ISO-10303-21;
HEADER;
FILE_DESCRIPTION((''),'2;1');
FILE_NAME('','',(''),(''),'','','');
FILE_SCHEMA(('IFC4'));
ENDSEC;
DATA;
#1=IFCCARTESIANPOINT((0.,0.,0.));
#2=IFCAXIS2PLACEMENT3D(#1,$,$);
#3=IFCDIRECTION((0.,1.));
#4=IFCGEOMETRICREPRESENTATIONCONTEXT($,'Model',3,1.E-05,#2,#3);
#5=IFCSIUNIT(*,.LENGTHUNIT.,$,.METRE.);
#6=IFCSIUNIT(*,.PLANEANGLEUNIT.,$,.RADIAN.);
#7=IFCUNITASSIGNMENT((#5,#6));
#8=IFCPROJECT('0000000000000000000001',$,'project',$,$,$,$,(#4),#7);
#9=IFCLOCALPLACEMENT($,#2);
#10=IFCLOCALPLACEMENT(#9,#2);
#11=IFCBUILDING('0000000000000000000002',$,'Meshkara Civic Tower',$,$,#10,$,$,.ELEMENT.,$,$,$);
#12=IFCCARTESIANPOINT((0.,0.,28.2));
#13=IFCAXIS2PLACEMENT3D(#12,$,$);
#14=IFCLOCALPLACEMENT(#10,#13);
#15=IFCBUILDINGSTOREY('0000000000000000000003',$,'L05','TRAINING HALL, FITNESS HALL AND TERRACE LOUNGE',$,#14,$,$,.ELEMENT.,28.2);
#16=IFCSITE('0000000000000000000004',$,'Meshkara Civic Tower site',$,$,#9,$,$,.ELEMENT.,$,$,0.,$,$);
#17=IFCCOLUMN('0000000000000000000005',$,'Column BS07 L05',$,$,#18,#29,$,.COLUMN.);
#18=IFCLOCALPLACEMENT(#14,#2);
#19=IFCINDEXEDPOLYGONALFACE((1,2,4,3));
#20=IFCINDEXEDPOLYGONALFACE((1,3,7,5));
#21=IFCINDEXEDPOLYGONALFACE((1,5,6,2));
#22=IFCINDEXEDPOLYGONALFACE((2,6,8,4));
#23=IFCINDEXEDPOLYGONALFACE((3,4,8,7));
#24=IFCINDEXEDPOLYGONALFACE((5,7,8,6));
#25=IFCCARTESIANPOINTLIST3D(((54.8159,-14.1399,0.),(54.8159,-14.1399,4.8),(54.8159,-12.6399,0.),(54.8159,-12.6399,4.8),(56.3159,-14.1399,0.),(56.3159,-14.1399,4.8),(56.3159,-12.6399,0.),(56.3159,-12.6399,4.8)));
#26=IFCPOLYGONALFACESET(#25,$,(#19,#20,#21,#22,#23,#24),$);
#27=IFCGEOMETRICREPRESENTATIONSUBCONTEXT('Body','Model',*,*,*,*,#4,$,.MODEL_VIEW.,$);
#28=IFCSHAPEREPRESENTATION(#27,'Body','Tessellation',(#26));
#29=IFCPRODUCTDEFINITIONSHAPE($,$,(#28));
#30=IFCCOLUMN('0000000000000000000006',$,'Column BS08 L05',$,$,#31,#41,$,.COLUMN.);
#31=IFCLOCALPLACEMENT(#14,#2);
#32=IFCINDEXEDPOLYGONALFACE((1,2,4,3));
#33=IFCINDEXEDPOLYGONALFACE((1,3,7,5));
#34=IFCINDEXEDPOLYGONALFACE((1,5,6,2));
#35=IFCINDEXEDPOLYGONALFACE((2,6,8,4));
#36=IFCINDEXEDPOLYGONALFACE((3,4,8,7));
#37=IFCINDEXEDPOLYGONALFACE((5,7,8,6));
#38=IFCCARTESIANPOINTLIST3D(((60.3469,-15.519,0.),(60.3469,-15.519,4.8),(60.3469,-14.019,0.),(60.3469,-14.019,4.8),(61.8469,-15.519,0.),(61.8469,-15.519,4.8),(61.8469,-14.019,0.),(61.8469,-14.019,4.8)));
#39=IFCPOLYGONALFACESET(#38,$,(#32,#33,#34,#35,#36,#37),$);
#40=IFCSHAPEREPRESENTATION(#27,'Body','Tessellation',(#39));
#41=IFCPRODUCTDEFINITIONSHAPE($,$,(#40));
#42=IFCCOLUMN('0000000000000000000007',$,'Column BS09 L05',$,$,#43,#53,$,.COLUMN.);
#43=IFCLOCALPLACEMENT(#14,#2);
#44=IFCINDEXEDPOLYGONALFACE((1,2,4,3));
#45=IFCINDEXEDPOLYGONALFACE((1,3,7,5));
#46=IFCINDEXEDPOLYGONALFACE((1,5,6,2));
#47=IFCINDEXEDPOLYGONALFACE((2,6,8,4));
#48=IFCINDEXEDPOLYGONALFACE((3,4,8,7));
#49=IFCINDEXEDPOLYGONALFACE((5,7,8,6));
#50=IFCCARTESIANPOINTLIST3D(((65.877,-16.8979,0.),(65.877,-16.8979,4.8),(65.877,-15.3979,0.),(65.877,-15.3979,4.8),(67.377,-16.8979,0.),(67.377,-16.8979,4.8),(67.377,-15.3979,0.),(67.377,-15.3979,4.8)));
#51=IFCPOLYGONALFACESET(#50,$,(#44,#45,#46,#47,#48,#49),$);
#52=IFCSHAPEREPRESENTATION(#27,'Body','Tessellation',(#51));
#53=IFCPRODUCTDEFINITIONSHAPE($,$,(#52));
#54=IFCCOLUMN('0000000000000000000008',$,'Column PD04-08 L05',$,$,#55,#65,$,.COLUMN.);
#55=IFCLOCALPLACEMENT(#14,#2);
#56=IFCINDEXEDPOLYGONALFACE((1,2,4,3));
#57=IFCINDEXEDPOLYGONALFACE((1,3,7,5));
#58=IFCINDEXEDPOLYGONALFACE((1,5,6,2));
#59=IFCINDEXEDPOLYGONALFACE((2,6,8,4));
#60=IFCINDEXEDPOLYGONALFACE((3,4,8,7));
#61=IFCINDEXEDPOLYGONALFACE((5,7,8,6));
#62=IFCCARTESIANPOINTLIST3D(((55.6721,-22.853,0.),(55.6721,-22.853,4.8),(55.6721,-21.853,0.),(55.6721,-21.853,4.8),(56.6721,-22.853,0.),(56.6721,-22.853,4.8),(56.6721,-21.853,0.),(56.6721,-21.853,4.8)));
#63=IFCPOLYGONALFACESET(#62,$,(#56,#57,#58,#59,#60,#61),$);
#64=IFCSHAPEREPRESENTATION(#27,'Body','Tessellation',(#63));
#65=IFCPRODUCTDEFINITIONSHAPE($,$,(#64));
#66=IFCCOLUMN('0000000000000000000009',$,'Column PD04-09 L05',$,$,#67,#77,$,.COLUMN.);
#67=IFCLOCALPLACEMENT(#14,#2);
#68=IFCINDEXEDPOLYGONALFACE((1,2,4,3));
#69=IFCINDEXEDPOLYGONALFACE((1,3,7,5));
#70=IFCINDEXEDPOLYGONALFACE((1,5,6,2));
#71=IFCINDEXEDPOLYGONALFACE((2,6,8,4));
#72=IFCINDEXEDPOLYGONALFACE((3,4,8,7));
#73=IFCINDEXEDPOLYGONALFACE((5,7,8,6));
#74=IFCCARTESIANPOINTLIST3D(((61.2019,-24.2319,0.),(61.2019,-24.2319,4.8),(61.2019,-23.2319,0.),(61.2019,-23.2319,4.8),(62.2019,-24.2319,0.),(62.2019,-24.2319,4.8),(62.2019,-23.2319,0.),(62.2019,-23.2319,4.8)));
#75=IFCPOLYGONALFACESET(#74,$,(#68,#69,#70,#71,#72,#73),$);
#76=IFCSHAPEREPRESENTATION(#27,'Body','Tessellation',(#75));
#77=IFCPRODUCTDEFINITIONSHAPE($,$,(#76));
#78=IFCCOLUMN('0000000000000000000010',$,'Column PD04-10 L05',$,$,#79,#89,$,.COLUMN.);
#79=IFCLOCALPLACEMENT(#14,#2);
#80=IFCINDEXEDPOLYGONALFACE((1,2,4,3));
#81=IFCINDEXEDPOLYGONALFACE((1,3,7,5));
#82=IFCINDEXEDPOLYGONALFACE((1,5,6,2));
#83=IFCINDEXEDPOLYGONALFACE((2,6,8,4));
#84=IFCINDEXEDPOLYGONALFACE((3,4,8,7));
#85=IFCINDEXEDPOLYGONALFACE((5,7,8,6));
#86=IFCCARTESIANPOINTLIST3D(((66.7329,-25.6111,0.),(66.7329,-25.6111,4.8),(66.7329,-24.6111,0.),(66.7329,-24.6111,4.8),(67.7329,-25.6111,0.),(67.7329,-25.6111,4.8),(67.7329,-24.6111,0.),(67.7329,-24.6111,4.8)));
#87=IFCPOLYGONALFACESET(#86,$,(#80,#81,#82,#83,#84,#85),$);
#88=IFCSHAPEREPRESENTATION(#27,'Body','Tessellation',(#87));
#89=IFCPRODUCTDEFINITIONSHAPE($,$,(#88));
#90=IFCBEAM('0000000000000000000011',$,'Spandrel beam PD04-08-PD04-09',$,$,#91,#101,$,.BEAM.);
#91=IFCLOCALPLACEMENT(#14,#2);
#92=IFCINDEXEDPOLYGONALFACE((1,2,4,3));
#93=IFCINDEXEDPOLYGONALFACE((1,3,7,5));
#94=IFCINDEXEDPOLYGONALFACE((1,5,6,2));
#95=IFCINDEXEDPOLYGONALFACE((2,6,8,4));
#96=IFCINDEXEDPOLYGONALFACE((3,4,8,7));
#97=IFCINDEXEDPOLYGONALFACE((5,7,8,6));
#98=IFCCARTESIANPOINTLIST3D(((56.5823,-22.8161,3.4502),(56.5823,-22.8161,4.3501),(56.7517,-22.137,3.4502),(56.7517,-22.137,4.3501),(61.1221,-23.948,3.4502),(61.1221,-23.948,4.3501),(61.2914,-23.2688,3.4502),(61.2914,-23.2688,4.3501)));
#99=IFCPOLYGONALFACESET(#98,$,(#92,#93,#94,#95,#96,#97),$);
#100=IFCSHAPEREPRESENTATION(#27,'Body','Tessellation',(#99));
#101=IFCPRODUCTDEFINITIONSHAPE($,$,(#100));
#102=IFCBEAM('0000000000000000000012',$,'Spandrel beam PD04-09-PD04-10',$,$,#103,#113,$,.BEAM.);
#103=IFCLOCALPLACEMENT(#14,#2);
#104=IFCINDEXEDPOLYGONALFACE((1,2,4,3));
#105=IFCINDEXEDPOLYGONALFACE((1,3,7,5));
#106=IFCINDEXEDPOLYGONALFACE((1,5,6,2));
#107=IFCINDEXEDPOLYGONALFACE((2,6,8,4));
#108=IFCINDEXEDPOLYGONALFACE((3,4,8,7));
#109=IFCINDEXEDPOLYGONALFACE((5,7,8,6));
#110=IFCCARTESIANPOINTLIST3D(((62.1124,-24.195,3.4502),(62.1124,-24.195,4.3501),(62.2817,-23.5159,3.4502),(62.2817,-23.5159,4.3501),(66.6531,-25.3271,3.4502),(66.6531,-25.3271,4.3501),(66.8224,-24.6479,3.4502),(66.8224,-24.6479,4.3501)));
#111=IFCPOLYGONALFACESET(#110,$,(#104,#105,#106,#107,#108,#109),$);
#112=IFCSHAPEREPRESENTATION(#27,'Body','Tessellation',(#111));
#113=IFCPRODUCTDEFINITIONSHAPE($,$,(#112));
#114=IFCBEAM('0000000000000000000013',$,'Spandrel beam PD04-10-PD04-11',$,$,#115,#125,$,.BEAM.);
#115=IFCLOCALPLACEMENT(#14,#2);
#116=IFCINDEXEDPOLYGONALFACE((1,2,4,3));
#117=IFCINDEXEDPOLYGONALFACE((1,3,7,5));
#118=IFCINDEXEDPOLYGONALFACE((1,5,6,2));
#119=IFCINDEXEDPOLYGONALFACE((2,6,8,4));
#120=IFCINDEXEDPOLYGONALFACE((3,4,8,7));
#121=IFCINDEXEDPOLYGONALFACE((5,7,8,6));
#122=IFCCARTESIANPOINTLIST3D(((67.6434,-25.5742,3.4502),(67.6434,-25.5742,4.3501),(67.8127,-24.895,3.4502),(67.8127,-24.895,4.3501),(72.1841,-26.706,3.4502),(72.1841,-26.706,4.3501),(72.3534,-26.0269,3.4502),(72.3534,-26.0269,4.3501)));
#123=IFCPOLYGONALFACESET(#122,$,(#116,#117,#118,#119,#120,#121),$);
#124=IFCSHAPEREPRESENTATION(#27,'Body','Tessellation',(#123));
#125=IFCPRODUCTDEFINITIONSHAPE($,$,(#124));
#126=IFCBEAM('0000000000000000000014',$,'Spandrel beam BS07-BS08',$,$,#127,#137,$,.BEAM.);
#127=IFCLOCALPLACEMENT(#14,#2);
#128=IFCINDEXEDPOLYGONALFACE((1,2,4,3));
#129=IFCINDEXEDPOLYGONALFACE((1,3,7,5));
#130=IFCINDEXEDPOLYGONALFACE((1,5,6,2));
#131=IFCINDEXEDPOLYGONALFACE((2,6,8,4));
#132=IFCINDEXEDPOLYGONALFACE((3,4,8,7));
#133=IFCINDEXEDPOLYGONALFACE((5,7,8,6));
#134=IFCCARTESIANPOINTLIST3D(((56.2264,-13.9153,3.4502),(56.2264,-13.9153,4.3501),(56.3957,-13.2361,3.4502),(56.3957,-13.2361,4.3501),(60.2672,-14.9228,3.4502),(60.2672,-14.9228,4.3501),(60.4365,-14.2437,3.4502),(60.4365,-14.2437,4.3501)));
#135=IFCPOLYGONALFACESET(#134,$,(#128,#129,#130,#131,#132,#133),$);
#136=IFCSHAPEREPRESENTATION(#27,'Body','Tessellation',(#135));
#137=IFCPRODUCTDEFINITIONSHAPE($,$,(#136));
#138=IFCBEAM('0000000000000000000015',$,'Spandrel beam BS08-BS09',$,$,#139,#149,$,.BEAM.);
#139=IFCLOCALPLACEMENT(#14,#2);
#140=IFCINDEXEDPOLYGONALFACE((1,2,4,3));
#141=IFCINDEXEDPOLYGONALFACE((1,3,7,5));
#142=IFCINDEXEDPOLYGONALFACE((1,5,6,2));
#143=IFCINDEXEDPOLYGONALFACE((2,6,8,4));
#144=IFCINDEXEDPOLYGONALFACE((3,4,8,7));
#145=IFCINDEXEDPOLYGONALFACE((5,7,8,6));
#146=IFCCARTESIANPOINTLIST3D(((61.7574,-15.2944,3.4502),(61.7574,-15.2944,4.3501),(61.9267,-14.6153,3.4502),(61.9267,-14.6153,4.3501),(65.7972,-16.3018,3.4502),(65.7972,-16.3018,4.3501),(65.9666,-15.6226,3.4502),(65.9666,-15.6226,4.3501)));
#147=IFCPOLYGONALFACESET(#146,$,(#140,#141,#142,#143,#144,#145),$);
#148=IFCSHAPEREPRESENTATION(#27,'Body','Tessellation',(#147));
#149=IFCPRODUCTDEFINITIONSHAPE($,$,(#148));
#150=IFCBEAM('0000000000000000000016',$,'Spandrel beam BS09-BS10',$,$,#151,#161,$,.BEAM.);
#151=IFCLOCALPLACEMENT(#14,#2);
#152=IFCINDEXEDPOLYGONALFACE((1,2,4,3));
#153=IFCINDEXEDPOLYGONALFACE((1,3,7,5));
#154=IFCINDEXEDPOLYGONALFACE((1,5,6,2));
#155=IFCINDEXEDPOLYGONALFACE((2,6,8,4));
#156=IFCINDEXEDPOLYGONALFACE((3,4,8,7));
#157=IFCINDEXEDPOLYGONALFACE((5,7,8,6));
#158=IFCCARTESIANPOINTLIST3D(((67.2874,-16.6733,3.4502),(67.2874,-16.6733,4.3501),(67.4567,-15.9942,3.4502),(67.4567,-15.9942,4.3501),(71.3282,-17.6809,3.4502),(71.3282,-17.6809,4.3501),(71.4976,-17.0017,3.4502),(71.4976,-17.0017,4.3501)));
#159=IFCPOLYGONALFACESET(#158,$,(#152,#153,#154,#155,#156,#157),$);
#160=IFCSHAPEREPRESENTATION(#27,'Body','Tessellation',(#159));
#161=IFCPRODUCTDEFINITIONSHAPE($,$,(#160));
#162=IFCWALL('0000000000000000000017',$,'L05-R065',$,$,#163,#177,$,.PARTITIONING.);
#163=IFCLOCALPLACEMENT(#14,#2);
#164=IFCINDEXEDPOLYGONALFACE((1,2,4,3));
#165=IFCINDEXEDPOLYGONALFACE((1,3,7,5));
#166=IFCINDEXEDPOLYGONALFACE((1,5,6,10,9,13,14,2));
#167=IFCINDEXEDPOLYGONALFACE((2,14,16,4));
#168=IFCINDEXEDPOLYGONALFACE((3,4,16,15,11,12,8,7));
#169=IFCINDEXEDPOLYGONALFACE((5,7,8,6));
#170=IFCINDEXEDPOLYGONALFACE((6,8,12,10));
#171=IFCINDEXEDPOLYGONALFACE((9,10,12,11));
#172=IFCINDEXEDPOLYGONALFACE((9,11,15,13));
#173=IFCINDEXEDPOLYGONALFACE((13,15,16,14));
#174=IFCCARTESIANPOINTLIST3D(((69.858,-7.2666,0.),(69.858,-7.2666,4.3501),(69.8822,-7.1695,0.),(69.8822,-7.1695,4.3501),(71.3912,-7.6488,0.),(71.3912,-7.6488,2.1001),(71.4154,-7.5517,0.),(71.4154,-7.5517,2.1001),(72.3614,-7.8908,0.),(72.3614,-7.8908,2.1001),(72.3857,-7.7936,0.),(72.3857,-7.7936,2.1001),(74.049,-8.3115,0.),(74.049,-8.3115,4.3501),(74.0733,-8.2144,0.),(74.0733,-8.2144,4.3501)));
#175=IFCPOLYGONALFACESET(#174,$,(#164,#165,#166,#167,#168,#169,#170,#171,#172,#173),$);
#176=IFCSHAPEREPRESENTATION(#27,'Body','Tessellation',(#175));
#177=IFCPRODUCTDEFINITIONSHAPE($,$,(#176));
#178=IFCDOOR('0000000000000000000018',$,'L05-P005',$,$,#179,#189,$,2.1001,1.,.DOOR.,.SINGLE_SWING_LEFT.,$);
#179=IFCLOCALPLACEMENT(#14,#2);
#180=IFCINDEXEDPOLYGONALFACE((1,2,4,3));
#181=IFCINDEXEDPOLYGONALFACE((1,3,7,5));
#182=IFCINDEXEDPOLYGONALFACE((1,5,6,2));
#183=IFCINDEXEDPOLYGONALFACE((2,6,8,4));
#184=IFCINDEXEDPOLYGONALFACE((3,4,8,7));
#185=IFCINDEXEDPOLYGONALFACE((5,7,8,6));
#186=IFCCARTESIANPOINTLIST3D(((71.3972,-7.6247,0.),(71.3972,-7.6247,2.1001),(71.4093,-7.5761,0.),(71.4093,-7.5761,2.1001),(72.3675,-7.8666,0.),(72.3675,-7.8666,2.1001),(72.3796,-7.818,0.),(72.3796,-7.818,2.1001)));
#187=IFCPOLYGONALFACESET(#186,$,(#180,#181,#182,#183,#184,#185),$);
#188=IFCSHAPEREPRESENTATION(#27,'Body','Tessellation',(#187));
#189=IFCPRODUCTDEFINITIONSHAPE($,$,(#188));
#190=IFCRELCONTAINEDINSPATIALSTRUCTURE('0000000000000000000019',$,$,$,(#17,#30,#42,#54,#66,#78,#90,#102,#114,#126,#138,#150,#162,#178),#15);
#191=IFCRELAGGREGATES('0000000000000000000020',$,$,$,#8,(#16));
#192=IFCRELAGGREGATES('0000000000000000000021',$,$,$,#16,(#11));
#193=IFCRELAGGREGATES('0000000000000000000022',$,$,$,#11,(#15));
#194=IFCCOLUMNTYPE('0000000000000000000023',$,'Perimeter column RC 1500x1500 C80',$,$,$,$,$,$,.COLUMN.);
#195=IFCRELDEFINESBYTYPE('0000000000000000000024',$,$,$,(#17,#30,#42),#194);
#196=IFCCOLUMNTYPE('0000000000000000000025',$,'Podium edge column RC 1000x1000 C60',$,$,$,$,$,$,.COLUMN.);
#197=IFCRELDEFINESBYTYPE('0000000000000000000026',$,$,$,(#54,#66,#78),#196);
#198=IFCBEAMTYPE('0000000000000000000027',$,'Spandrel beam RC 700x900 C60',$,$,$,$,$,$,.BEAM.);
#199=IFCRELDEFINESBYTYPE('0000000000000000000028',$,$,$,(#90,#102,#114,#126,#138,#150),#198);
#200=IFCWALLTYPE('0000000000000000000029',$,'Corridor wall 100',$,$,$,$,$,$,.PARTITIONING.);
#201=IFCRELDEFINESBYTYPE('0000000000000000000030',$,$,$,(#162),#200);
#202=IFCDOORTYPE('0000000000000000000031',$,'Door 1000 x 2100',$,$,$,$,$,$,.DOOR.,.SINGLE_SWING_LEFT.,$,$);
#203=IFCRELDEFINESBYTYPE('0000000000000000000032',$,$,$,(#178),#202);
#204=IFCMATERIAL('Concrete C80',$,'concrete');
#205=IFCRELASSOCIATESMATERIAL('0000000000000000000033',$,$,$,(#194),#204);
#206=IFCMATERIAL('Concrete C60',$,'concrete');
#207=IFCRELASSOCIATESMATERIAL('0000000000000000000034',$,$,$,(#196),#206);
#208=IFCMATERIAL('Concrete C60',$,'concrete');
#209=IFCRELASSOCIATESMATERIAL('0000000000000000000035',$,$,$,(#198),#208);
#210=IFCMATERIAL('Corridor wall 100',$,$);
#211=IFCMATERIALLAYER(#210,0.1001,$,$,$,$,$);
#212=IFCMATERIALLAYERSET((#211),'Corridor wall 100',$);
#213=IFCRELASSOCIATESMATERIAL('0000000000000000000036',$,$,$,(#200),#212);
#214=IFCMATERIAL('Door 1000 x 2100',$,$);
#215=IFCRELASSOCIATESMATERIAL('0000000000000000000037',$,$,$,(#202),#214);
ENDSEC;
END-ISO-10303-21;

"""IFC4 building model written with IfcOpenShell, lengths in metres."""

from ifc_helpers import new_model, si_unit, direction, frame, frame_2d, origin, origin_2d, place, context, subcontext, project, spatial, rectangle, extrude, material, layer, layer_set, material_profile, profile_set, type_object, element, fill, save


model = new_model("IFC4")

# Units and contexts
model_context = context("Model", 3, precision=1e-05, world=origin(), true_north=direction((0.0, 1.0)))
body_context = subcontext(model_context, "Body", "Model", "MODEL_VIEW")
ifc_project = project(units=[si_unit("LENGTHUNIT", "METRE"), si_unit("PLANEANGLEUNIT", "RADIAN")], contexts=[model_context])

# Site, building, storey
site_placement = place(None, origin())
site = spatial("IfcSite", under=ifc_project, at=site_placement, Name="Meshkara Civic Tower site", CompositionType="ELEMENT", RefElevation=0.0)
building_placement = place(site_placement, origin())
building = spatial("IfcBuilding", under=site, at=building_placement, Name="Meshkara Civic Tower", CompositionType="ELEMENT")
storey_placement = place(building_placement, frame((0.0, 0.0, 28.2)))
storey = spatial("IfcBuildingStorey", under=building, at=storey_placement, Name="L05", Description="TRAINING HALL, FITNESS HALL AND TERRACE LOUNGE", CompositionType="ELEMENT", Elevation=28.2)

# Columns
ifc_material_1 = material(Name="Concrete C80", Category="concrete")
ifc_material_profile_1 = material_profile(ifc_material_1, rectangle(XDim=1.5, YDim=1.5, at=origin_2d()))
ifc_profile_set_1 = profile_set([ifc_material_profile_1], Name="Concrete C80")
column_type_1 = type_object("IfcColumnType", Name="Perimeter column RC 1500x1500 C80", PredefinedType="COLUMN", material=ifc_profile_set_1)
for number, where, z_axis, x_axis, name in (
    (1, (55.5659, -13.3899, 0.0), (0.0, 0.0, 1.0), (1.0, 0.0, 0.0), "Column BS07 L05"),
    (2, (61.0969, -14.769, 0.0), (0.0, 0.0, 1.0), (1.0, 0.0, 0.0), "Column BS08 L05"),
    (3, (66.627, -16.1479, 0.0), (0.0, 0.0, 1.0), (1.0, 0.0, 0.0), "Column BS09 L05"),
):
    element("IfcColumn", number, at=place(storey_placement, frame(where, z_axis=z_axis, x_axis=x_axis)), inside=storey, type_object=column_type_1, Name=name, PredefinedType="COLUMN", context=body_context, shape_type="SweptSolid", body=[
        extrude(rectangle(XDim=1.5, YDim=1.5, at=origin_2d()), origin(), (0.0, 0.0, 1.0), 4.8),
    ])
ifc_material_2 = material(Name="Concrete C60", Category="concrete")
ifc_material_profile_2 = material_profile(ifc_material_2, rectangle(XDim=1.0, YDim=1.0, at=origin_2d()))
ifc_profile_set_2 = profile_set([ifc_material_profile_2], Name="Concrete C60")
column_type_2 = type_object("IfcColumnType", Name="Podium edge column RC 1000x1000 C60", PredefinedType="COLUMN", material=ifc_profile_set_2)
for number, where, z_axis, x_axis, name in (
    (4, (56.1721, -22.353, 0.0), (0.0, 0.0, 1.0), (1.0, 0.0, 0.0), "Column PD04-08 L05"),
    (5, (61.7019, -23.7319, 0.0), (0.0, 0.0, 1.0), (1.0, 0.0, 0.0), "Column PD04-09 L05"),
    (6, (67.2329, -25.1111, 0.0), (0.0, 0.0, 1.0), (1.0, 0.0, 0.0), "Column PD04-10 L05"),
):
    element("IfcColumn", number, at=place(storey_placement, frame(where, z_axis=z_axis, x_axis=x_axis)), inside=storey, type_object=column_type_2, Name=name, PredefinedType="COLUMN", context=body_context, shape_type="SweptSolid", body=[
        extrude(rectangle(XDim=1.0, YDim=1.0, at=origin_2d()), origin(), (0.0, 0.0, 1.0), 4.8),
    ])

# Beams
ifc_material_3 = material(Name="Concrete C60", Category="concrete")
ifc_material_profile_3 = material_profile(ifc_material_3, rectangle(XDim=0.7, YDim=0.8999, at=origin_2d()))
ifc_profile_set_3 = profile_set([ifc_material_profile_3], Name="Concrete C60")
beam_type = type_object("IfcBeamType", Name="Spandrel beam RC 700x900 C60", PredefinedType="BEAM", material=ifc_profile_set_3)
beam_1_placement = place(storey_placement, frame((56.667, -22.4766, 3.9001), z_axis=(0.970299, -0.241909, 0.0), x_axis=(0.241909, 0.970299, 0.0)))
element("IfcBeam", 7, at=beam_1_placement, inside=storey, type_object=beam_type, Name="Spandrel beam PD04-08-PD04-09", PredefinedType="BEAM", context=body_context, shape_type="SweptSolid", body=[
    extrude(rectangle(XDim=0.7, YDim=0.8999, at=origin_2d()), origin(), (0.0, 0.0, 1.0), 4.6787),
])
for number, where, z_axis, x_axis, name in (
    (8, (62.197, -23.8555, 3.9001), (0.970299, -0.24191, 0.0), (0.24191, 0.970299, 0.0), "Spandrel beam PD04-09-PD04-10"),
    (9, (67.728, -25.2346, 3.9001), (0.970311, -0.24186, 0.0), (0.24186, 0.970311, 0.0), "Spandrel beam PD04-10-PD04-11"),
):
    element("IfcBeam", number, at=place(storey_placement, frame(where, z_axis=z_axis, x_axis=x_axis)), inside=storey, type_object=beam_type, Name=name, PredefinedType="BEAM", context=body_context, shape_type="SweptSolid", body=[
        extrude(rectangle(XDim=0.7, YDim=0.8999, at=origin_2d()), origin(), (0.0, 0.0, 1.0), 4.6797),
    ])
beam_2_placement = place(storey_placement, frame((56.311, -13.5757, 3.9001), z_axis=(0.970291, -0.241942, 0.0), x_axis=(0.241942, 0.970291, 0.0)))
element("IfcBeam", 10, at=beam_2_placement, inside=storey, type_object=beam_type, Name="Spandrel beam BS07-BS08", PredefinedType="BEAM", context=body_context, shape_type="SweptSolid", body=[
    extrude(rectangle(XDim=0.7, YDim=0.8999, at=origin_2d()), origin(), (0.0, 0.0, 1.0), 4.1646),
])
beam_3_placement = place(storey_placement, frame((61.842, -14.9548, 3.9001), z_axis=(0.970291, -0.241942, 0.0), x_axis=(0.241942, 0.970291, 0.0)))
element("IfcBeam", 11, at=beam_3_placement, inside=storey, type_object=beam_type, Name="Spandrel beam BS08-BS09", PredefinedType="BEAM", context=body_context, shape_type="SweptSolid", body=[
    extrude(rectangle(XDim=0.7, YDim=0.8999, at=origin_2d()), origin(), (0.0, 0.0, 1.0), 4.1636),
])
beam_4_placement = place(storey_placement, frame((67.3721, -16.3337, 3.9001), z_axis=(0.970291, -0.241942, 0.0), x_axis=(0.241942, 0.970291, 0.0)))
element("IfcBeam", 12, at=beam_4_placement, inside=storey, type_object=beam_type, Name="Spandrel beam BS09-BS10", PredefinedType="BEAM", context=body_context, shape_type="SweptSolid", body=[
    extrude(rectangle(XDim=0.7, YDim=0.8999, at=origin_2d()), origin(), (0.0, 0.0, 1.0), 4.1646),
])

# Wall, opening, door
ifc_material_4 = material(Name="Corridor wall 100")
ifc_layer_1 = layer(ifc_material_4, 0.1001)
ifc_layer_set_1 = layer_set([ifc_layer_1], Name="Corridor wall 100")
wall_type_1 = type_object("IfcWallType", Name="Corridor wall 100", PredefinedType="PARTITIONING", material=ifc_layer_set_1)
wall_1_placement = place(storey_placement, frame((69.8701, -7.218, 0.0), z_axis=(0.0, 0.0, 1.0), x_axis=(0.970295, -0.241924, 0.0)))
wall_1 = element("IfcWall", 13, at=wall_1_placement, inside=storey, type_object=wall_type_1, Name="L05-R065", PredefinedType="PARTITIONING", context=body_context, shape_type="SweptSolid", body=[
    extrude(rectangle(XDim=4.3193, YDim=0.1001, at=frame_2d((2.1597, 0.0))), origin(), (0.0, 0.0, 1.0), 4.3501),
])
opening_1_placement = place(wall_1_placement, frame((1.5801, 0.0, 0.0)))
opening_1 = element("IfcOpeningElement", 14, at=opening_1_placement, cuts=wall_1, PredefinedType="OPENING", context=body_context, shape_type="SweptSolid", body=[
    extrude(rectangle(XDim=1.0, YDim=2.1001, at=frame_2d((0.5, 1.05))), frame((0.0, 0.0601, 0.0), z_axis=(0.0, -1.0, 0.0), x_axis=(1.0, 0.0, 0.0)), (0.0, 0.0, 1.0), 0.1201),
])
ifc_material_5 = material(Name="Door 1000 x 2100")
door_type = type_object("IfcDoorType", Name="Door 1000 x 2100", OperationType="SINGLE_SWING_LEFT", PredefinedType="DOOR", material=ifc_material_5)
door_placement = place(opening_1_placement, origin())
door = element("IfcDoor", 15, at=door_placement, inside=storey, type_object=door_type, Name="L05-P005", OperationType="SINGLE_SWING_LEFT", OverallHeight=2.1001, OverallWidth=1.0, PredefinedType="DOOR", context=body_context, shape_type="SweptSolid", body=[
    extrude(rectangle(XDim=1.0, YDim=2.1001, at=frame_2d((0.5, 1.05))), frame((0.0, 0.0249, 0.0), z_axis=(0.0, -1.0, 0.0), x_axis=(1.0, 0.0, 0.0)), (0.0, 0.0, 1.0), 0.05),
])
fill(opening_1, door)

save(model, "model.ifc")
